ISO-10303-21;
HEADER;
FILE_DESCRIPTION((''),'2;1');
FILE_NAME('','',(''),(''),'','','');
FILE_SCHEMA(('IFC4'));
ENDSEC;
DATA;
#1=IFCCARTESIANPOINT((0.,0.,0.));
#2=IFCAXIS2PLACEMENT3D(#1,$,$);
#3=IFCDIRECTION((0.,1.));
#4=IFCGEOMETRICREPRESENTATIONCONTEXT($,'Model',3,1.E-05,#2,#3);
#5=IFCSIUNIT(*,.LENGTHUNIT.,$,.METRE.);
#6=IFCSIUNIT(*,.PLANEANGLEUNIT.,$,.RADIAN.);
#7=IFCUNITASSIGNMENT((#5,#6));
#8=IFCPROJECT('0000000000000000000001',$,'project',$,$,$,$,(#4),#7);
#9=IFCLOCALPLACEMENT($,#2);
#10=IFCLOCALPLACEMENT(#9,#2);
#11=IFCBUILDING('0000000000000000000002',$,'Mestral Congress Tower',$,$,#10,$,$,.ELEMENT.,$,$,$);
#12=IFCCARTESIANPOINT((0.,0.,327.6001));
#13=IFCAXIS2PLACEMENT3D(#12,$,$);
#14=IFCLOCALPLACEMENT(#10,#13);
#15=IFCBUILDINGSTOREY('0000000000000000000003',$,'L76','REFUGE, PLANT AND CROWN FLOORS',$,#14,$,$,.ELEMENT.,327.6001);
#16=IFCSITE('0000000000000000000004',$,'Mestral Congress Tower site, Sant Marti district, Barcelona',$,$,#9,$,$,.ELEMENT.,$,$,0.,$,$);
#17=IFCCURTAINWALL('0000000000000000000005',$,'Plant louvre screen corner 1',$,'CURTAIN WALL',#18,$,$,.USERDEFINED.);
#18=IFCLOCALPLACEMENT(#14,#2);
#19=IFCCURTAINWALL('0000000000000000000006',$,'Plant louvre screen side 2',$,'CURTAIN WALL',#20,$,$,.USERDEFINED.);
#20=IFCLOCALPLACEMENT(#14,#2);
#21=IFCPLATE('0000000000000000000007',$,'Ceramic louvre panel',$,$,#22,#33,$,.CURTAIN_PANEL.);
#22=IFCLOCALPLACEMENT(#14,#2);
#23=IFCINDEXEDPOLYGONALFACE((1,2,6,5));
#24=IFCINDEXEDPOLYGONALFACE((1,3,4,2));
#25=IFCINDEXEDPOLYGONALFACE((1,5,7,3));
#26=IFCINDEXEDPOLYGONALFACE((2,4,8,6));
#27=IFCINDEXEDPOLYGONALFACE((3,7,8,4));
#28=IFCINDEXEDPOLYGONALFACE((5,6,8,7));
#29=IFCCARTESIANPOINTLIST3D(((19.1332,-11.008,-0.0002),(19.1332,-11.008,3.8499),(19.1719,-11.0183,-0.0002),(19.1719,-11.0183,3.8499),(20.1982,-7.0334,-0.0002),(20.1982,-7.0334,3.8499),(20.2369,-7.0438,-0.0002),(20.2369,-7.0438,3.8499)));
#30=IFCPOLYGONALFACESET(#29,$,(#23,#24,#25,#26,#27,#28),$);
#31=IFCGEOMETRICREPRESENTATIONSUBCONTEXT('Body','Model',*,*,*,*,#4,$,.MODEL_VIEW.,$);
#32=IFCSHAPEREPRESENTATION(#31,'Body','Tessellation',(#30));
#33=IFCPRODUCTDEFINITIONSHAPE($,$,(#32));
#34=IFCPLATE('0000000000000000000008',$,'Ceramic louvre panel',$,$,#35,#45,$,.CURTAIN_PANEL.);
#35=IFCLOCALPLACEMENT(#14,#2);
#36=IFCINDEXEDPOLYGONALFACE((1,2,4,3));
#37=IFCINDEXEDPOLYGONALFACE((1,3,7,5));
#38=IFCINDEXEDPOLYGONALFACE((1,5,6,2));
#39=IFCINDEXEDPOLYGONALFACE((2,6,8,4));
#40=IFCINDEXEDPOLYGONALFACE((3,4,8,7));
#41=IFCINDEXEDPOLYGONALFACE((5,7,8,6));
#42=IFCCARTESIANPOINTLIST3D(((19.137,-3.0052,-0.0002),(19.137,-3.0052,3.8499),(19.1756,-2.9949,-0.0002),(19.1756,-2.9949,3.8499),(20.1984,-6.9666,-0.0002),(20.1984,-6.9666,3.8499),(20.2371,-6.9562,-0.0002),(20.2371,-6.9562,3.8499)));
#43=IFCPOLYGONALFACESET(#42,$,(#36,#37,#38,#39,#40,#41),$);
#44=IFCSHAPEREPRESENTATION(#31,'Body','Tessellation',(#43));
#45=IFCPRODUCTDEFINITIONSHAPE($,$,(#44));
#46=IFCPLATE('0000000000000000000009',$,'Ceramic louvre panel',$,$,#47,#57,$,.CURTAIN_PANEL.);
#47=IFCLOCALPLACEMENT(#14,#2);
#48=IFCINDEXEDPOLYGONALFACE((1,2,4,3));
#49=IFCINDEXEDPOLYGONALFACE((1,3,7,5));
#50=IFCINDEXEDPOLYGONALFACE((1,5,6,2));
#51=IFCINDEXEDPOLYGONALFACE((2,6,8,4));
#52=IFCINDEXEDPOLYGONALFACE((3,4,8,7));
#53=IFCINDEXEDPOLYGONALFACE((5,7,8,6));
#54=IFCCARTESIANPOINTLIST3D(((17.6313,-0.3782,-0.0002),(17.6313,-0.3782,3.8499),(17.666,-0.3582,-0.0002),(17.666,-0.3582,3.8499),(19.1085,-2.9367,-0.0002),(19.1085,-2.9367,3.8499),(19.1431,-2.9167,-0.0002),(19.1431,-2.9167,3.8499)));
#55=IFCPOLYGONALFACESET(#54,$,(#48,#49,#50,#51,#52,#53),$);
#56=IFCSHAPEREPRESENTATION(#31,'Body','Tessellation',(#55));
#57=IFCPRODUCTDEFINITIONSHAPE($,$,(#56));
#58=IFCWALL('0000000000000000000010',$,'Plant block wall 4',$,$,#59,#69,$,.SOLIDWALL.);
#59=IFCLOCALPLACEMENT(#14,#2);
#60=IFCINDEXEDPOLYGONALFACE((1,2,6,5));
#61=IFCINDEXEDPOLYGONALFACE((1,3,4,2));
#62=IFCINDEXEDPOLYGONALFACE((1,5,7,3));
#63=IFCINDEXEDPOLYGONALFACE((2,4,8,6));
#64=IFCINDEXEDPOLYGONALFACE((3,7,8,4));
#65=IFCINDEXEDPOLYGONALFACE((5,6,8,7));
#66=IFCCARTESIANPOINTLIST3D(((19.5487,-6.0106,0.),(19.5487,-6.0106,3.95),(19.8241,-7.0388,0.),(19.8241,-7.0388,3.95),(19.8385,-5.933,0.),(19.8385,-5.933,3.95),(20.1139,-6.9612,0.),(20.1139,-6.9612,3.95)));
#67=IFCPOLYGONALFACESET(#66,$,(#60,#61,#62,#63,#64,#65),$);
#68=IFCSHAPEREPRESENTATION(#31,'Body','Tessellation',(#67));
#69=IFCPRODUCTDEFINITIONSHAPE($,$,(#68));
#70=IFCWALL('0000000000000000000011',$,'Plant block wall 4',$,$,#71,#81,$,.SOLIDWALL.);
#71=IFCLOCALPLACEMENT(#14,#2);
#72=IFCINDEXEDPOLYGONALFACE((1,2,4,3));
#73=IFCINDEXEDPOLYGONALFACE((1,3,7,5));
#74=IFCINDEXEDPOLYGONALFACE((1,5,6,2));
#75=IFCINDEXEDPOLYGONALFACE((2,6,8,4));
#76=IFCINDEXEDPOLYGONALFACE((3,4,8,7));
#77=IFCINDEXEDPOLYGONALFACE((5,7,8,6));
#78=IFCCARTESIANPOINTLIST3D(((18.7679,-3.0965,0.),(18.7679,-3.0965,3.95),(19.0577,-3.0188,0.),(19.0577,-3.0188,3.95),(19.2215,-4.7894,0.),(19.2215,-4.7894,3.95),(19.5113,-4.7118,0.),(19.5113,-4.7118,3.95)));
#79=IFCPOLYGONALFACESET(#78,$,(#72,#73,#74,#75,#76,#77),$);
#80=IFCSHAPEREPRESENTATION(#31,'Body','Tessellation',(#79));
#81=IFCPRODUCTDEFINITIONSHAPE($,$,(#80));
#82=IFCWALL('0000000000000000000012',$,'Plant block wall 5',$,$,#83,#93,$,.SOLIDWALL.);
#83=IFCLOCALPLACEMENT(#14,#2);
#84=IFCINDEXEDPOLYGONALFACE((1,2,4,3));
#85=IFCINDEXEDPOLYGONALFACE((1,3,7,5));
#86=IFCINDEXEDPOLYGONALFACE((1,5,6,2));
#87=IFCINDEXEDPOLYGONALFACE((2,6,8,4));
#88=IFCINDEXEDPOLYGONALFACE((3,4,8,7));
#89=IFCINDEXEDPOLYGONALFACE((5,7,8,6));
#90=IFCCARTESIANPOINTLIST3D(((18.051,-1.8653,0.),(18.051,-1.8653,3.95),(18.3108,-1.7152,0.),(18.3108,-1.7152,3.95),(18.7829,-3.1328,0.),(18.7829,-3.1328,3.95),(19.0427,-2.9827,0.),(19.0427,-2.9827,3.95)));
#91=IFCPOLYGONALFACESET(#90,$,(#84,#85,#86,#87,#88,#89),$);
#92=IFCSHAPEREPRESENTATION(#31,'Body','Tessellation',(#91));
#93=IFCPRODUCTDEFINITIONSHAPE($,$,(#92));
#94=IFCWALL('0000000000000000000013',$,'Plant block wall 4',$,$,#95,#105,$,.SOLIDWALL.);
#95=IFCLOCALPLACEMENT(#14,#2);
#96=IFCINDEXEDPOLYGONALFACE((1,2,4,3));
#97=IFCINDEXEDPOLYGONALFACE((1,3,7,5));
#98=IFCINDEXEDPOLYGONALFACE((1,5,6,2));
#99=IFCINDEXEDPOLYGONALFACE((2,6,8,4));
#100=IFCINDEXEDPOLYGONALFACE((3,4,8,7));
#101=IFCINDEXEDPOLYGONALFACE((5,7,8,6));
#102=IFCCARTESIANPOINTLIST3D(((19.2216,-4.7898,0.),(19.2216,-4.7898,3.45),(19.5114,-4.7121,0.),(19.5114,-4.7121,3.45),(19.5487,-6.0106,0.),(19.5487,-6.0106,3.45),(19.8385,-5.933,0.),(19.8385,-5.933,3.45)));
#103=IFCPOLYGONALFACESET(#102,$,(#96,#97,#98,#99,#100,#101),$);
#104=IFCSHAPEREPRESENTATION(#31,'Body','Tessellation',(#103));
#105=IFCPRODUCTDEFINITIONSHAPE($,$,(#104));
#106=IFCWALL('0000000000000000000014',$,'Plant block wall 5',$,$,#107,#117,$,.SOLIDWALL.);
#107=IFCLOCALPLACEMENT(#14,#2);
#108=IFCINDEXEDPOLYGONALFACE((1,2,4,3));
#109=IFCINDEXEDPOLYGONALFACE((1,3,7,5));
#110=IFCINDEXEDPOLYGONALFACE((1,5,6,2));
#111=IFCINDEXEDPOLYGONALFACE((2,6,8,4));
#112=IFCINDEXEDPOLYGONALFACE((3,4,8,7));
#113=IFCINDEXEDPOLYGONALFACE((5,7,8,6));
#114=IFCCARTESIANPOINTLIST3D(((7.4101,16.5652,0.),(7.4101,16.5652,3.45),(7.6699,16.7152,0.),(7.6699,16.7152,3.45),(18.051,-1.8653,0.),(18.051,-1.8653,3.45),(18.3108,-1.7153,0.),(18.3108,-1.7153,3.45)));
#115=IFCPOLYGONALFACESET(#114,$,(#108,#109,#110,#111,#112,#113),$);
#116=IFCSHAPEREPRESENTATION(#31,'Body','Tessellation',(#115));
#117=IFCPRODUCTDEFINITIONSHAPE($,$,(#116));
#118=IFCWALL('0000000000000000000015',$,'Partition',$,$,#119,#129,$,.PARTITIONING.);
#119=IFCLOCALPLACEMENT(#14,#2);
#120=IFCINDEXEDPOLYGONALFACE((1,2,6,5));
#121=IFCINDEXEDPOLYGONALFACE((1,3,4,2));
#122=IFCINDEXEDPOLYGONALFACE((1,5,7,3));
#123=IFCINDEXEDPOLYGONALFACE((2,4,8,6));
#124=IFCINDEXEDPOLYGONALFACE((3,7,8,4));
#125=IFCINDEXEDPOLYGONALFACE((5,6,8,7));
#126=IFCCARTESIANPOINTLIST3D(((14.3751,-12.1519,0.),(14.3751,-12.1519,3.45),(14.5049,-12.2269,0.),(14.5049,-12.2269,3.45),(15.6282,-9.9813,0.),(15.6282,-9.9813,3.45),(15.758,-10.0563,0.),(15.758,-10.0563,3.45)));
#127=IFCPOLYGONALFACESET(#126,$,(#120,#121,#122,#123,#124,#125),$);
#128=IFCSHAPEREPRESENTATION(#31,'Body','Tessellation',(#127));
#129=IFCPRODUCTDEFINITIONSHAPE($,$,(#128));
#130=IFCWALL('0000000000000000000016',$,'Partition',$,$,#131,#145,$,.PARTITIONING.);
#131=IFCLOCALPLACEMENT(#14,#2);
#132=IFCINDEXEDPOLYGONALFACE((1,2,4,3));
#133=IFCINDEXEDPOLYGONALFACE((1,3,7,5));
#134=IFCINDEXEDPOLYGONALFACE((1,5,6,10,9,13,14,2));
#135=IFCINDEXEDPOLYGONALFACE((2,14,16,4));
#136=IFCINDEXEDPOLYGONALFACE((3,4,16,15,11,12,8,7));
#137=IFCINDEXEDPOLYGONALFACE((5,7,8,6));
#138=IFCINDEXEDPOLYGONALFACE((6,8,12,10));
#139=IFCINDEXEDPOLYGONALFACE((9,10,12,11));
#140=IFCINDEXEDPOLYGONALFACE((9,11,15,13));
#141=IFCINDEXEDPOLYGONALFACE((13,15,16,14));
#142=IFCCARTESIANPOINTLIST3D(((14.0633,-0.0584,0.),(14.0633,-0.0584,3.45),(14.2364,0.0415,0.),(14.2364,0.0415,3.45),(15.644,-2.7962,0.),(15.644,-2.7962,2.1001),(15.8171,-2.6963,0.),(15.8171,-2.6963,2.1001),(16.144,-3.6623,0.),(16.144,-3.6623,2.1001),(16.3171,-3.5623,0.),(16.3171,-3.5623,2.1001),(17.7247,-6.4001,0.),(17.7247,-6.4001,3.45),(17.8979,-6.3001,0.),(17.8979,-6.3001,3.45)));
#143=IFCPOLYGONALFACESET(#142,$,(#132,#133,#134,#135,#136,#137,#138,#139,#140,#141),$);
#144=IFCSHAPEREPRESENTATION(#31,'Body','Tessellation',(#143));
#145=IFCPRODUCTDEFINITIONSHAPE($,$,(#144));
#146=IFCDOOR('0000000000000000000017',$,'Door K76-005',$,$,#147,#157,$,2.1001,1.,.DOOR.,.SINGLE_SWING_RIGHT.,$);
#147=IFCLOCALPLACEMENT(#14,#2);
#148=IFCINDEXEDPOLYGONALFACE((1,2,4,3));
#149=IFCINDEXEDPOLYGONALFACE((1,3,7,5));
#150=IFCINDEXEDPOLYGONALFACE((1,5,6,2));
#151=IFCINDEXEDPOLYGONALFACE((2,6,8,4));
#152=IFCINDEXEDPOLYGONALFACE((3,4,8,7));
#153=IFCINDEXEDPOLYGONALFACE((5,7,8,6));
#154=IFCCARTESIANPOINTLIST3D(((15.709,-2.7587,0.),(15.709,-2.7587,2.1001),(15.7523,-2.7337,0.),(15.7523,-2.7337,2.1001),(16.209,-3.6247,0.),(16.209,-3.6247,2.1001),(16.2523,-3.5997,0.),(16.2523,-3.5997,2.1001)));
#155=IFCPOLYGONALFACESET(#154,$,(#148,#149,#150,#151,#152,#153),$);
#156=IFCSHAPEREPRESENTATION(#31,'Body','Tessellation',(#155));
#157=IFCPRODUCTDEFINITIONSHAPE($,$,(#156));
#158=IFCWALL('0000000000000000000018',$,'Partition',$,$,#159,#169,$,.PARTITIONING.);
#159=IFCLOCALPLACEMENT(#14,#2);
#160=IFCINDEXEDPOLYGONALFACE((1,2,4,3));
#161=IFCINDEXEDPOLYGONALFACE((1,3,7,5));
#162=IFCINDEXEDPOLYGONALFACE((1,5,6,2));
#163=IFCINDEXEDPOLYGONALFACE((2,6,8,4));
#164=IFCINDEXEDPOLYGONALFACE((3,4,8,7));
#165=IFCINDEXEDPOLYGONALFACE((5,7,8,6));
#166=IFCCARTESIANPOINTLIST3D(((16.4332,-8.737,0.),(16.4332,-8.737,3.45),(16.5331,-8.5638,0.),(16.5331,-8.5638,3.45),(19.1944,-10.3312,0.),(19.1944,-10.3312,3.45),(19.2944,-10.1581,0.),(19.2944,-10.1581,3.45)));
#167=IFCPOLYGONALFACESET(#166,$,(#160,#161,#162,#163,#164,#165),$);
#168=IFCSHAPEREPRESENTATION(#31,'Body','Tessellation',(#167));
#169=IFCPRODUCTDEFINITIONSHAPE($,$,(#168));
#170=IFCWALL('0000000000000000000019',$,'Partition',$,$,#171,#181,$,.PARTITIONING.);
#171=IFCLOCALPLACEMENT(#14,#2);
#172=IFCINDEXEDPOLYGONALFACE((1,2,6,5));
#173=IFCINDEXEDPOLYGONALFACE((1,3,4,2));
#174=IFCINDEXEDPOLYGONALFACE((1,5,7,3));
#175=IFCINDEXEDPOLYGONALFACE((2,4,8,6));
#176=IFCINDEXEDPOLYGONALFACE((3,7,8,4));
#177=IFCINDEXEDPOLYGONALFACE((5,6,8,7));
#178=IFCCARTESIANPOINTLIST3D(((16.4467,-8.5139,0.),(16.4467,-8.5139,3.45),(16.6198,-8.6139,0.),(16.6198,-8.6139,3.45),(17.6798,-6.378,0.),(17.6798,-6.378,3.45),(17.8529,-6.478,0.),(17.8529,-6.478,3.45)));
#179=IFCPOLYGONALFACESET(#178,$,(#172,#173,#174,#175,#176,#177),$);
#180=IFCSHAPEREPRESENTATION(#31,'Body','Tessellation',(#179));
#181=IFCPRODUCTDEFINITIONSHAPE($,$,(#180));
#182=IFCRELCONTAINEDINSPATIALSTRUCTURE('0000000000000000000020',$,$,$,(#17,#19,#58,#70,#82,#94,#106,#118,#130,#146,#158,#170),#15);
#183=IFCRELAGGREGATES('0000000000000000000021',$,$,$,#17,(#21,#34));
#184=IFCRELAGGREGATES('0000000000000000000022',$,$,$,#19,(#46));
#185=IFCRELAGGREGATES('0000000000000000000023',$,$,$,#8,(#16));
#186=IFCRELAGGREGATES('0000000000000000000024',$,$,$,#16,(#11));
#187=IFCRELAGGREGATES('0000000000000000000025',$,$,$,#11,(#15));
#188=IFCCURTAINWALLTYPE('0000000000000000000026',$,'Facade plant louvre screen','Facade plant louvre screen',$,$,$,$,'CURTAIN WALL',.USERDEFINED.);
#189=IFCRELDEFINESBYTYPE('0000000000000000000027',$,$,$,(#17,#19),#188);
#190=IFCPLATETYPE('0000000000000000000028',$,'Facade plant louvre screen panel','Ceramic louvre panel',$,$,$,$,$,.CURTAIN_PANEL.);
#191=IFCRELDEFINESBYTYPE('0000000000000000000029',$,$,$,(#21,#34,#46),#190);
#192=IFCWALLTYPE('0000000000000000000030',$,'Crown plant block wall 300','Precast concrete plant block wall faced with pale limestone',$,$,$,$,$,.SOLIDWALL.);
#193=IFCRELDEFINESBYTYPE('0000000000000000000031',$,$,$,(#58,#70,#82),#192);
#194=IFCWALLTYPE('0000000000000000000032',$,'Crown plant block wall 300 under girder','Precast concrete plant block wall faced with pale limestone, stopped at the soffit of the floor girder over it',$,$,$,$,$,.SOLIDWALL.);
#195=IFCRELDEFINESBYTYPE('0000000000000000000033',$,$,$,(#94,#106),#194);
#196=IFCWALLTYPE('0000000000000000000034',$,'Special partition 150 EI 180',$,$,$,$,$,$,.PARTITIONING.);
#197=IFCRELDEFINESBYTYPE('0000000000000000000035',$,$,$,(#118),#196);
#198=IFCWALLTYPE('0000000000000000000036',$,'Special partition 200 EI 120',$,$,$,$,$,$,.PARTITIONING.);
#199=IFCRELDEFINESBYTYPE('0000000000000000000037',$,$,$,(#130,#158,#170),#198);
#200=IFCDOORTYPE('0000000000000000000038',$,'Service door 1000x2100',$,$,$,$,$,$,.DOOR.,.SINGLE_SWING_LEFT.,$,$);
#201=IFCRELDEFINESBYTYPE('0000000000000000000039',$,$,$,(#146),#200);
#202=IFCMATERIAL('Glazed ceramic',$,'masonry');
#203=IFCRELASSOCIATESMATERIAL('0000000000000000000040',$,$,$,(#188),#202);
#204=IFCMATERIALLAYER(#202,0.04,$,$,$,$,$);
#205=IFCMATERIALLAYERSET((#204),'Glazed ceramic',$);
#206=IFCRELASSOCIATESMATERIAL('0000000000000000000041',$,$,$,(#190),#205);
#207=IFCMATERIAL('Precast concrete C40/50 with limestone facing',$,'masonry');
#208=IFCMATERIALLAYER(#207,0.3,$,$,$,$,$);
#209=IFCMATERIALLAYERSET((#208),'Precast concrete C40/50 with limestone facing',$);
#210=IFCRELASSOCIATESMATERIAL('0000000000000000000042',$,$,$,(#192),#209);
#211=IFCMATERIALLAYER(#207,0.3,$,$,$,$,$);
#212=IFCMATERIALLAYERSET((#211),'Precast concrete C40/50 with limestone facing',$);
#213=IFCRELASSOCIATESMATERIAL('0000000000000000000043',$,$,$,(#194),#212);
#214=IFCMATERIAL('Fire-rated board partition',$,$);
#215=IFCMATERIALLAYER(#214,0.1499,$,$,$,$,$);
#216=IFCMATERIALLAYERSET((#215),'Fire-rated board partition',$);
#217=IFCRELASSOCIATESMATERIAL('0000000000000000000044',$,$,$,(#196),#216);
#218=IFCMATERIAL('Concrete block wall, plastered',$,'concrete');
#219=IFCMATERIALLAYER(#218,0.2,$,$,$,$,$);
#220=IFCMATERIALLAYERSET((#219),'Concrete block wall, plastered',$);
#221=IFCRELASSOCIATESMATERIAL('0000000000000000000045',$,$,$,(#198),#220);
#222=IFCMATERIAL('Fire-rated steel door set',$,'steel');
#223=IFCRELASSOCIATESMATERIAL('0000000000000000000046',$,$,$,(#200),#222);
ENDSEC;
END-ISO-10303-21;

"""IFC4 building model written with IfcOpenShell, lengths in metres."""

from ifc_helpers import new_model, si_unit, direction, frame, frame_2d, origin, origin_2d, place, context, subcontext, project, spatial, rectangle, extrude, material, layer, layer_set, type_object, element, fill, aggregate, save


model = new_model("IFC4")

# Units and contexts
model_context = context("Model", 3, precision=1e-05, world=origin(), true_north=direction((0.0, 1.0)))
body_context = subcontext(model_context, "Body", "Model", "MODEL_VIEW")
ifc_project = project(units=[si_unit("LENGTHUNIT", "METRE"), si_unit("PLANEANGLEUNIT", "RADIAN")], contexts=[model_context])

# Site, building, storey
site_placement = place(None, origin())
site = spatial("IfcSite", under=ifc_project, at=site_placement, Name="Mestral Congress Tower site, Sant Marti district, Barcelona", CompositionType="ELEMENT", RefElevation=0.0)
building_placement = place(site_placement, origin())
building = spatial("IfcBuilding", under=site, at=building_placement, Name="Mestral Congress Tower", CompositionType="ELEMENT")
storey_placement = place(building_placement, frame((0.0, 0.0, 327.6001)))
storey = spatial("IfcBuildingStorey", under=building, at=storey_placement, Name="L76", Description="REFUGE, PLANT AND CROWN FLOORS", CompositionType="ELEMENT", Elevation=327.6001)

# Curtain wall
ifc_material_1 = material(Name="Glazed ceramic", Category="masonry")
curtain_wall_type = type_object("IfcCurtainWallType", Name="Facade plant louvre screen", Description="Facade plant louvre screen", ElementType="CURTAIN WALL", PredefinedType="USERDEFINED", material=ifc_material_1)
placement = place(storey_placement, origin())
curtain_wall_1 = element("IfcCurtainWall", 1, at=placement, inside=storey, type_object=curtain_wall_type, Name="Plant louvre screen corner 1", ObjectType="CURTAIN WALL", PredefinedType="USERDEFINED")

# Curtain wall
curtain_wall_2 = element("IfcCurtainWall", 2, at=placement, inside=storey, type_object=curtain_wall_type, Name="Plant louvre screen side 2", ObjectType="CURTAIN WALL", PredefinedType="USERDEFINED")

# Plates
ifc_layer_1 = layer(ifc_material_1, 0.04)
ifc_layer_set_1 = layer_set([ifc_layer_1], Name="Glazed ceramic")
plate_type = type_object("IfcPlateType", Name="Facade plant louvre screen panel", Description="Ceramic louvre panel", PredefinedType="CURTAIN_PANEL", material=ifc_layer_set_1)
plate_1_placement = place(storey_placement, frame((19.6851, -9.0259, -0.0002), z_axis=(0.0, 0.0, 1.0), x_axis=(0.258819, 0.965926, 0.0)))
plate_1 = element("IfcPlate", 3, at=plate_1_placement, type_object=plate_type, Name="Ceramic louvre panel", PredefinedType="CURTAIN_PANEL", context=body_context, shape_type="SweptSolid", body=[
    extrude(rectangle(XDim=4.1147, YDim=0.04, at=origin_2d()), origin(), (0.0, 0.0, 1.0), 3.8501),
])
plate_2_placement = place(storey_placement, frame((19.687, -4.9807, -0.0002), z_axis=(0.0, 0.0, 1.0), x_axis=(-0.258819, 0.965926, 0.0)))
plate_2 = element("IfcPlate", 4, at=plate_2_placement, type_object=plate_type, Name="Ceramic louvre panel", PredefinedType="CURTAIN_PANEL", context=body_context, shape_type="SweptSolid", body=[
    extrude(rectangle(XDim=4.1011, YDim=0.04, at=origin_2d()), origin(), (0.0, 0.0, 1.0), 3.8501),
])
aggregate(curtain_wall_1, [plate_1, plate_2])
plate_3_placement = place(storey_placement, frame((18.3872, -1.6475, -0.0002), z_axis=(0.0, 0.0, 1.0), x_axis=(-0.500002, 0.866025, 0.0)))
plate_3 = element("IfcPlate", 5, at=plate_3_placement, type_object=plate_type, Name="Ceramic louvre panel", PredefinedType="CURTAIN_PANEL", context=body_context, shape_type="SweptSolid", body=[
    extrude(rectangle(XDim=2.9543, YDim=0.04, at=origin_2d()), origin(), (0.0, 0.0, 1.0), 3.8501),
])
aggregate(curtain_wall_2, [plate_3])

# Walls
ifc_material_2 = material(Name="Precast concrete C40/50 with limestone facing", Category="masonry")
ifc_layer_2 = layer(ifc_material_2, 0.3)
ifc_layer_set_2 = layer_set([ifc_layer_2], Name="Precast concrete C40/50 with limestone facing")
wall_type_1 = type_object("IfcWallType", Name="Crown plant block wall 300", Description="Precast concrete plant block wall faced with pale limestone", PredefinedType="SOLIDWALL", material=ifc_layer_set_2)
wall_1_placement = place(storey_placement, frame((19.969, -7.0, 0.0), z_axis=(0.0, 0.0, 1.0), x_axis=(-0.25869, 0.96596, 0.0)))
element("IfcWall", 6, at=wall_1_placement, inside=storey, type_object=wall_type_1, Name="Plant block wall 4", PredefinedType="SOLIDWALL", context=body_context, shape_type="SweptSolid", body=[
    extrude(rectangle(XDim=1.0645, YDim=0.3, at=frame_2d((0.5322, 0.0))), origin(), (0.0, 0.0, 1.0), 3.95),
])
wall_2_placement = place(storey_placement, frame((19.3665, -4.7507, 0.0), z_axis=(0.0, 0.0, 1.0), x_axis=(-0.258824, 0.965924, 0.0)))
element("IfcWall", 7, at=wall_2_placement, inside=storey, type_object=wall_type_1, Name="Plant block wall 4", PredefinedType="SOLIDWALL", context=body_context, shape_type="SweptSolid", body=[
    extrude(rectangle(XDim=1.7527, YDim=0.3, at=frame_2d((0.8765, 0.0))), origin(), (0.0, 0.0, 1.0), 3.95),
])
wall_3_placement = place(storey_placement, frame((18.9128, -3.0579, 0.0), z_axis=(0.0, 0.0, 1.0), x_axis=(-0.50005, 0.865997, 0.0)))
element("IfcWall", 8, at=wall_3_placement, inside=storey, type_object=wall_type_1, Name="Plant block wall 5", PredefinedType="SOLIDWALL", context=body_context, shape_type="SweptSolid", body=[
    extrude(rectangle(XDim=1.4636, YDim=0.3, at=frame_2d((0.7319, 0.0))), origin(), (0.0, 0.0, 1.0), 3.95),
])
ifc_layer_3 = layer(ifc_material_2, 0.3)
ifc_layer_set_3 = layer_set([ifc_layer_3], Name="Precast concrete C40/50 with limestone facing")
wall_type_2 = type_object("IfcWallType", Name="Crown plant block wall 300 under girder", Description="Precast concrete plant block wall faced with pale limestone, stopped at the soffit of the floor girder over it", PredefinedType="SOLIDWALL", material=ifc_layer_set_3)
wall_4_placement = place(storey_placement, frame((19.6936, -5.9717, 0.0), z_axis=(0.0, 0.0, 1.0), x_axis=(-0.258817, 0.965926, 0.0)))
element("IfcWall", 9, at=wall_4_placement, inside=storey, type_object=wall_type_2, Name="Plant block wall 4", PredefinedType="SOLIDWALL", context=body_context, shape_type="SweptSolid", body=[
    extrude(rectangle(XDim=1.2639, YDim=0.3, at=frame_2d((0.6318, 0.0))), origin(), (0.0, 0.0, 1.0), 3.45),
])
wall_5_placement = place(storey_placement, frame((18.1809, -1.7903, 0.0), z_axis=(0.0, 0.0, 1.0), x_axis=(-0.500002, 0.866024, 0.0)))
element("IfcWall", 10, at=wall_5_placement, inside=storey, type_object=wall_type_2, Name="Plant block wall 5", PredefinedType="SOLIDWALL", context=body_context, shape_type="SweptSolid", body=[
    extrude(rectangle(XDim=21.2817, YDim=0.3, at=frame_2d((10.6409, 0.0))), origin(), (0.0, 0.0, 1.0), 3.45),
])
ifc_material_3 = material(Name="Fire-rated board partition")
ifc_layer_4 = layer(ifc_material_3, 0.1499)
ifc_layer_set_4 = layer_set([ifc_layer_4], Name="Fire-rated board partition")
wall_type_3 = type_object("IfcWallType", Name="Special partition 150 EI 180", PredefinedType="PARTITIONING", material=ifc_layer_set_4)
wall_6_placement = place(storey_placement, frame((15.6931, -10.0188, 0.0), z_axis=(0.0, 0.0, 1.0), x_axis=(-0.499984, -0.866035, 0.0)))
element("IfcWall", 11, at=wall_6_placement, inside=storey, type_object=wall_type_3, Name="Partition", PredefinedType="PARTITIONING", context=body_context, shape_type="SweptSolid", body=[
    extrude(rectangle(XDim=2.5063, YDim=0.1499, at=frame_2d((1.2532, 0.0))), origin(), (0.0, 0.0, 1.0), 3.45),
])

# Wall, opening, door
ifc_material_4 = material(Name="Concrete block wall, plastered", Category="concrete")
ifc_layer_5 = layer(ifc_material_4, 0.2)
ifc_layer_set_5 = layer_set([ifc_layer_5], Name="Concrete block wall, plastered")
wall_type_4 = type_object("IfcWallType", Name="Special partition 200 EI 120", PredefinedType="PARTITIONING", material=ifc_layer_set_5)
wall_7_placement = place(storey_placement, frame((17.8113, -6.3501, 0.0), z_axis=(0.0, 0.0, 1.0), x_axis=(-0.500008, 0.866021, 0.0)))
wall_7 = element("IfcWall", 12, at=wall_7_placement, inside=storey, type_object=wall_type_4, Name="Partition", PredefinedType="PARTITIONING", context=body_context, shape_type="SweptSolid", body=[
    extrude(rectangle(XDim=7.3228, YDim=0.2, at=frame_2d((3.6614, 0.0))), origin(), (0.0, 0.0, 1.0), 3.45),
])
opening_placement = place(wall_7_placement, frame((3.1614, 0.0, 0.0)))
opening = element("IfcOpeningElement", 13, at=opening_placement, cuts=wall_7, PredefinedType="OPENING", context=body_context, shape_type="SweptSolid", body=[
    extrude(rectangle(XDim=1.0, YDim=2.1001, at=frame_2d((0.5, 1.05))), frame((0.0, 0.1099, 0.0), z_axis=(0.0, -1.0, 0.0), x_axis=(1.0, 0.0, 0.0)), (0.0, 0.0, 1.0), 0.22),
])
ifc_material_5 = material(Name="Fire-rated steel door set", Category="steel")
door_type = type_object("IfcDoorType", Name="Service door 1000x2100", OperationType="SINGLE_SWING_LEFT", PredefinedType="DOOR", material=ifc_material_5)
door_placement = place(opening_placement, origin())
door = element("IfcDoor", 14, at=door_placement, inside=storey, type_object=door_type, Name="Door K76-005", OperationType="SINGLE_SWING_RIGHT", OverallHeight=2.1001, OverallWidth=1.0, PredefinedType="DOOR", context=body_context, shape_type="SweptSolid", body=[
    extrude(rectangle(XDim=1.0, YDim=2.1001, at=frame_2d((0.5, 1.05))), frame((0.0, 0.0249, 0.0), z_axis=(0.0, -1.0, 0.0), x_axis=(1.0, 0.0, 0.0)), (0.0, 0.0, 1.0), 0.05),
])
fill(opening, door)

# Walls
wall_8_placement = place(storey_placement, frame((16.4832, -8.6504, 0.0), z_axis=(0.0, 0.0, 1.0), x_axis=(0.86602, -0.50001, 0.0)))
element("IfcWall", 15, at=wall_8_placement, inside=storey, type_object=wall_type_4, Name="Partition", PredefinedType="PARTITIONING", context=body_context, shape_type="SweptSolid", body=[
    extrude(rectangle(XDim=3.1885, YDim=0.2, at=frame_2d((1.5942, 0.0))), origin(), (0.0, 0.0, 1.0), 3.45),
])
wall_9_placement = place(storey_placement, frame((17.7664, -6.428, 0.0), z_axis=(0.0, 0.0, 1.0), x_axis=(-0.499982, -0.866036, 0.0)))
element("IfcWall", 16, at=wall_9_placement, inside=storey, type_object=wall_type_4, Name="Partition", PredefinedType="PARTITIONING", context=body_context, shape_type="SweptSolid", body=[
    extrude(rectangle(XDim=2.4663, YDim=0.2, at=frame_2d((1.2332, 0.0))), origin(), (0.0, 0.0, 1.0), 3.45),
])

save(model, "model.ifc")
